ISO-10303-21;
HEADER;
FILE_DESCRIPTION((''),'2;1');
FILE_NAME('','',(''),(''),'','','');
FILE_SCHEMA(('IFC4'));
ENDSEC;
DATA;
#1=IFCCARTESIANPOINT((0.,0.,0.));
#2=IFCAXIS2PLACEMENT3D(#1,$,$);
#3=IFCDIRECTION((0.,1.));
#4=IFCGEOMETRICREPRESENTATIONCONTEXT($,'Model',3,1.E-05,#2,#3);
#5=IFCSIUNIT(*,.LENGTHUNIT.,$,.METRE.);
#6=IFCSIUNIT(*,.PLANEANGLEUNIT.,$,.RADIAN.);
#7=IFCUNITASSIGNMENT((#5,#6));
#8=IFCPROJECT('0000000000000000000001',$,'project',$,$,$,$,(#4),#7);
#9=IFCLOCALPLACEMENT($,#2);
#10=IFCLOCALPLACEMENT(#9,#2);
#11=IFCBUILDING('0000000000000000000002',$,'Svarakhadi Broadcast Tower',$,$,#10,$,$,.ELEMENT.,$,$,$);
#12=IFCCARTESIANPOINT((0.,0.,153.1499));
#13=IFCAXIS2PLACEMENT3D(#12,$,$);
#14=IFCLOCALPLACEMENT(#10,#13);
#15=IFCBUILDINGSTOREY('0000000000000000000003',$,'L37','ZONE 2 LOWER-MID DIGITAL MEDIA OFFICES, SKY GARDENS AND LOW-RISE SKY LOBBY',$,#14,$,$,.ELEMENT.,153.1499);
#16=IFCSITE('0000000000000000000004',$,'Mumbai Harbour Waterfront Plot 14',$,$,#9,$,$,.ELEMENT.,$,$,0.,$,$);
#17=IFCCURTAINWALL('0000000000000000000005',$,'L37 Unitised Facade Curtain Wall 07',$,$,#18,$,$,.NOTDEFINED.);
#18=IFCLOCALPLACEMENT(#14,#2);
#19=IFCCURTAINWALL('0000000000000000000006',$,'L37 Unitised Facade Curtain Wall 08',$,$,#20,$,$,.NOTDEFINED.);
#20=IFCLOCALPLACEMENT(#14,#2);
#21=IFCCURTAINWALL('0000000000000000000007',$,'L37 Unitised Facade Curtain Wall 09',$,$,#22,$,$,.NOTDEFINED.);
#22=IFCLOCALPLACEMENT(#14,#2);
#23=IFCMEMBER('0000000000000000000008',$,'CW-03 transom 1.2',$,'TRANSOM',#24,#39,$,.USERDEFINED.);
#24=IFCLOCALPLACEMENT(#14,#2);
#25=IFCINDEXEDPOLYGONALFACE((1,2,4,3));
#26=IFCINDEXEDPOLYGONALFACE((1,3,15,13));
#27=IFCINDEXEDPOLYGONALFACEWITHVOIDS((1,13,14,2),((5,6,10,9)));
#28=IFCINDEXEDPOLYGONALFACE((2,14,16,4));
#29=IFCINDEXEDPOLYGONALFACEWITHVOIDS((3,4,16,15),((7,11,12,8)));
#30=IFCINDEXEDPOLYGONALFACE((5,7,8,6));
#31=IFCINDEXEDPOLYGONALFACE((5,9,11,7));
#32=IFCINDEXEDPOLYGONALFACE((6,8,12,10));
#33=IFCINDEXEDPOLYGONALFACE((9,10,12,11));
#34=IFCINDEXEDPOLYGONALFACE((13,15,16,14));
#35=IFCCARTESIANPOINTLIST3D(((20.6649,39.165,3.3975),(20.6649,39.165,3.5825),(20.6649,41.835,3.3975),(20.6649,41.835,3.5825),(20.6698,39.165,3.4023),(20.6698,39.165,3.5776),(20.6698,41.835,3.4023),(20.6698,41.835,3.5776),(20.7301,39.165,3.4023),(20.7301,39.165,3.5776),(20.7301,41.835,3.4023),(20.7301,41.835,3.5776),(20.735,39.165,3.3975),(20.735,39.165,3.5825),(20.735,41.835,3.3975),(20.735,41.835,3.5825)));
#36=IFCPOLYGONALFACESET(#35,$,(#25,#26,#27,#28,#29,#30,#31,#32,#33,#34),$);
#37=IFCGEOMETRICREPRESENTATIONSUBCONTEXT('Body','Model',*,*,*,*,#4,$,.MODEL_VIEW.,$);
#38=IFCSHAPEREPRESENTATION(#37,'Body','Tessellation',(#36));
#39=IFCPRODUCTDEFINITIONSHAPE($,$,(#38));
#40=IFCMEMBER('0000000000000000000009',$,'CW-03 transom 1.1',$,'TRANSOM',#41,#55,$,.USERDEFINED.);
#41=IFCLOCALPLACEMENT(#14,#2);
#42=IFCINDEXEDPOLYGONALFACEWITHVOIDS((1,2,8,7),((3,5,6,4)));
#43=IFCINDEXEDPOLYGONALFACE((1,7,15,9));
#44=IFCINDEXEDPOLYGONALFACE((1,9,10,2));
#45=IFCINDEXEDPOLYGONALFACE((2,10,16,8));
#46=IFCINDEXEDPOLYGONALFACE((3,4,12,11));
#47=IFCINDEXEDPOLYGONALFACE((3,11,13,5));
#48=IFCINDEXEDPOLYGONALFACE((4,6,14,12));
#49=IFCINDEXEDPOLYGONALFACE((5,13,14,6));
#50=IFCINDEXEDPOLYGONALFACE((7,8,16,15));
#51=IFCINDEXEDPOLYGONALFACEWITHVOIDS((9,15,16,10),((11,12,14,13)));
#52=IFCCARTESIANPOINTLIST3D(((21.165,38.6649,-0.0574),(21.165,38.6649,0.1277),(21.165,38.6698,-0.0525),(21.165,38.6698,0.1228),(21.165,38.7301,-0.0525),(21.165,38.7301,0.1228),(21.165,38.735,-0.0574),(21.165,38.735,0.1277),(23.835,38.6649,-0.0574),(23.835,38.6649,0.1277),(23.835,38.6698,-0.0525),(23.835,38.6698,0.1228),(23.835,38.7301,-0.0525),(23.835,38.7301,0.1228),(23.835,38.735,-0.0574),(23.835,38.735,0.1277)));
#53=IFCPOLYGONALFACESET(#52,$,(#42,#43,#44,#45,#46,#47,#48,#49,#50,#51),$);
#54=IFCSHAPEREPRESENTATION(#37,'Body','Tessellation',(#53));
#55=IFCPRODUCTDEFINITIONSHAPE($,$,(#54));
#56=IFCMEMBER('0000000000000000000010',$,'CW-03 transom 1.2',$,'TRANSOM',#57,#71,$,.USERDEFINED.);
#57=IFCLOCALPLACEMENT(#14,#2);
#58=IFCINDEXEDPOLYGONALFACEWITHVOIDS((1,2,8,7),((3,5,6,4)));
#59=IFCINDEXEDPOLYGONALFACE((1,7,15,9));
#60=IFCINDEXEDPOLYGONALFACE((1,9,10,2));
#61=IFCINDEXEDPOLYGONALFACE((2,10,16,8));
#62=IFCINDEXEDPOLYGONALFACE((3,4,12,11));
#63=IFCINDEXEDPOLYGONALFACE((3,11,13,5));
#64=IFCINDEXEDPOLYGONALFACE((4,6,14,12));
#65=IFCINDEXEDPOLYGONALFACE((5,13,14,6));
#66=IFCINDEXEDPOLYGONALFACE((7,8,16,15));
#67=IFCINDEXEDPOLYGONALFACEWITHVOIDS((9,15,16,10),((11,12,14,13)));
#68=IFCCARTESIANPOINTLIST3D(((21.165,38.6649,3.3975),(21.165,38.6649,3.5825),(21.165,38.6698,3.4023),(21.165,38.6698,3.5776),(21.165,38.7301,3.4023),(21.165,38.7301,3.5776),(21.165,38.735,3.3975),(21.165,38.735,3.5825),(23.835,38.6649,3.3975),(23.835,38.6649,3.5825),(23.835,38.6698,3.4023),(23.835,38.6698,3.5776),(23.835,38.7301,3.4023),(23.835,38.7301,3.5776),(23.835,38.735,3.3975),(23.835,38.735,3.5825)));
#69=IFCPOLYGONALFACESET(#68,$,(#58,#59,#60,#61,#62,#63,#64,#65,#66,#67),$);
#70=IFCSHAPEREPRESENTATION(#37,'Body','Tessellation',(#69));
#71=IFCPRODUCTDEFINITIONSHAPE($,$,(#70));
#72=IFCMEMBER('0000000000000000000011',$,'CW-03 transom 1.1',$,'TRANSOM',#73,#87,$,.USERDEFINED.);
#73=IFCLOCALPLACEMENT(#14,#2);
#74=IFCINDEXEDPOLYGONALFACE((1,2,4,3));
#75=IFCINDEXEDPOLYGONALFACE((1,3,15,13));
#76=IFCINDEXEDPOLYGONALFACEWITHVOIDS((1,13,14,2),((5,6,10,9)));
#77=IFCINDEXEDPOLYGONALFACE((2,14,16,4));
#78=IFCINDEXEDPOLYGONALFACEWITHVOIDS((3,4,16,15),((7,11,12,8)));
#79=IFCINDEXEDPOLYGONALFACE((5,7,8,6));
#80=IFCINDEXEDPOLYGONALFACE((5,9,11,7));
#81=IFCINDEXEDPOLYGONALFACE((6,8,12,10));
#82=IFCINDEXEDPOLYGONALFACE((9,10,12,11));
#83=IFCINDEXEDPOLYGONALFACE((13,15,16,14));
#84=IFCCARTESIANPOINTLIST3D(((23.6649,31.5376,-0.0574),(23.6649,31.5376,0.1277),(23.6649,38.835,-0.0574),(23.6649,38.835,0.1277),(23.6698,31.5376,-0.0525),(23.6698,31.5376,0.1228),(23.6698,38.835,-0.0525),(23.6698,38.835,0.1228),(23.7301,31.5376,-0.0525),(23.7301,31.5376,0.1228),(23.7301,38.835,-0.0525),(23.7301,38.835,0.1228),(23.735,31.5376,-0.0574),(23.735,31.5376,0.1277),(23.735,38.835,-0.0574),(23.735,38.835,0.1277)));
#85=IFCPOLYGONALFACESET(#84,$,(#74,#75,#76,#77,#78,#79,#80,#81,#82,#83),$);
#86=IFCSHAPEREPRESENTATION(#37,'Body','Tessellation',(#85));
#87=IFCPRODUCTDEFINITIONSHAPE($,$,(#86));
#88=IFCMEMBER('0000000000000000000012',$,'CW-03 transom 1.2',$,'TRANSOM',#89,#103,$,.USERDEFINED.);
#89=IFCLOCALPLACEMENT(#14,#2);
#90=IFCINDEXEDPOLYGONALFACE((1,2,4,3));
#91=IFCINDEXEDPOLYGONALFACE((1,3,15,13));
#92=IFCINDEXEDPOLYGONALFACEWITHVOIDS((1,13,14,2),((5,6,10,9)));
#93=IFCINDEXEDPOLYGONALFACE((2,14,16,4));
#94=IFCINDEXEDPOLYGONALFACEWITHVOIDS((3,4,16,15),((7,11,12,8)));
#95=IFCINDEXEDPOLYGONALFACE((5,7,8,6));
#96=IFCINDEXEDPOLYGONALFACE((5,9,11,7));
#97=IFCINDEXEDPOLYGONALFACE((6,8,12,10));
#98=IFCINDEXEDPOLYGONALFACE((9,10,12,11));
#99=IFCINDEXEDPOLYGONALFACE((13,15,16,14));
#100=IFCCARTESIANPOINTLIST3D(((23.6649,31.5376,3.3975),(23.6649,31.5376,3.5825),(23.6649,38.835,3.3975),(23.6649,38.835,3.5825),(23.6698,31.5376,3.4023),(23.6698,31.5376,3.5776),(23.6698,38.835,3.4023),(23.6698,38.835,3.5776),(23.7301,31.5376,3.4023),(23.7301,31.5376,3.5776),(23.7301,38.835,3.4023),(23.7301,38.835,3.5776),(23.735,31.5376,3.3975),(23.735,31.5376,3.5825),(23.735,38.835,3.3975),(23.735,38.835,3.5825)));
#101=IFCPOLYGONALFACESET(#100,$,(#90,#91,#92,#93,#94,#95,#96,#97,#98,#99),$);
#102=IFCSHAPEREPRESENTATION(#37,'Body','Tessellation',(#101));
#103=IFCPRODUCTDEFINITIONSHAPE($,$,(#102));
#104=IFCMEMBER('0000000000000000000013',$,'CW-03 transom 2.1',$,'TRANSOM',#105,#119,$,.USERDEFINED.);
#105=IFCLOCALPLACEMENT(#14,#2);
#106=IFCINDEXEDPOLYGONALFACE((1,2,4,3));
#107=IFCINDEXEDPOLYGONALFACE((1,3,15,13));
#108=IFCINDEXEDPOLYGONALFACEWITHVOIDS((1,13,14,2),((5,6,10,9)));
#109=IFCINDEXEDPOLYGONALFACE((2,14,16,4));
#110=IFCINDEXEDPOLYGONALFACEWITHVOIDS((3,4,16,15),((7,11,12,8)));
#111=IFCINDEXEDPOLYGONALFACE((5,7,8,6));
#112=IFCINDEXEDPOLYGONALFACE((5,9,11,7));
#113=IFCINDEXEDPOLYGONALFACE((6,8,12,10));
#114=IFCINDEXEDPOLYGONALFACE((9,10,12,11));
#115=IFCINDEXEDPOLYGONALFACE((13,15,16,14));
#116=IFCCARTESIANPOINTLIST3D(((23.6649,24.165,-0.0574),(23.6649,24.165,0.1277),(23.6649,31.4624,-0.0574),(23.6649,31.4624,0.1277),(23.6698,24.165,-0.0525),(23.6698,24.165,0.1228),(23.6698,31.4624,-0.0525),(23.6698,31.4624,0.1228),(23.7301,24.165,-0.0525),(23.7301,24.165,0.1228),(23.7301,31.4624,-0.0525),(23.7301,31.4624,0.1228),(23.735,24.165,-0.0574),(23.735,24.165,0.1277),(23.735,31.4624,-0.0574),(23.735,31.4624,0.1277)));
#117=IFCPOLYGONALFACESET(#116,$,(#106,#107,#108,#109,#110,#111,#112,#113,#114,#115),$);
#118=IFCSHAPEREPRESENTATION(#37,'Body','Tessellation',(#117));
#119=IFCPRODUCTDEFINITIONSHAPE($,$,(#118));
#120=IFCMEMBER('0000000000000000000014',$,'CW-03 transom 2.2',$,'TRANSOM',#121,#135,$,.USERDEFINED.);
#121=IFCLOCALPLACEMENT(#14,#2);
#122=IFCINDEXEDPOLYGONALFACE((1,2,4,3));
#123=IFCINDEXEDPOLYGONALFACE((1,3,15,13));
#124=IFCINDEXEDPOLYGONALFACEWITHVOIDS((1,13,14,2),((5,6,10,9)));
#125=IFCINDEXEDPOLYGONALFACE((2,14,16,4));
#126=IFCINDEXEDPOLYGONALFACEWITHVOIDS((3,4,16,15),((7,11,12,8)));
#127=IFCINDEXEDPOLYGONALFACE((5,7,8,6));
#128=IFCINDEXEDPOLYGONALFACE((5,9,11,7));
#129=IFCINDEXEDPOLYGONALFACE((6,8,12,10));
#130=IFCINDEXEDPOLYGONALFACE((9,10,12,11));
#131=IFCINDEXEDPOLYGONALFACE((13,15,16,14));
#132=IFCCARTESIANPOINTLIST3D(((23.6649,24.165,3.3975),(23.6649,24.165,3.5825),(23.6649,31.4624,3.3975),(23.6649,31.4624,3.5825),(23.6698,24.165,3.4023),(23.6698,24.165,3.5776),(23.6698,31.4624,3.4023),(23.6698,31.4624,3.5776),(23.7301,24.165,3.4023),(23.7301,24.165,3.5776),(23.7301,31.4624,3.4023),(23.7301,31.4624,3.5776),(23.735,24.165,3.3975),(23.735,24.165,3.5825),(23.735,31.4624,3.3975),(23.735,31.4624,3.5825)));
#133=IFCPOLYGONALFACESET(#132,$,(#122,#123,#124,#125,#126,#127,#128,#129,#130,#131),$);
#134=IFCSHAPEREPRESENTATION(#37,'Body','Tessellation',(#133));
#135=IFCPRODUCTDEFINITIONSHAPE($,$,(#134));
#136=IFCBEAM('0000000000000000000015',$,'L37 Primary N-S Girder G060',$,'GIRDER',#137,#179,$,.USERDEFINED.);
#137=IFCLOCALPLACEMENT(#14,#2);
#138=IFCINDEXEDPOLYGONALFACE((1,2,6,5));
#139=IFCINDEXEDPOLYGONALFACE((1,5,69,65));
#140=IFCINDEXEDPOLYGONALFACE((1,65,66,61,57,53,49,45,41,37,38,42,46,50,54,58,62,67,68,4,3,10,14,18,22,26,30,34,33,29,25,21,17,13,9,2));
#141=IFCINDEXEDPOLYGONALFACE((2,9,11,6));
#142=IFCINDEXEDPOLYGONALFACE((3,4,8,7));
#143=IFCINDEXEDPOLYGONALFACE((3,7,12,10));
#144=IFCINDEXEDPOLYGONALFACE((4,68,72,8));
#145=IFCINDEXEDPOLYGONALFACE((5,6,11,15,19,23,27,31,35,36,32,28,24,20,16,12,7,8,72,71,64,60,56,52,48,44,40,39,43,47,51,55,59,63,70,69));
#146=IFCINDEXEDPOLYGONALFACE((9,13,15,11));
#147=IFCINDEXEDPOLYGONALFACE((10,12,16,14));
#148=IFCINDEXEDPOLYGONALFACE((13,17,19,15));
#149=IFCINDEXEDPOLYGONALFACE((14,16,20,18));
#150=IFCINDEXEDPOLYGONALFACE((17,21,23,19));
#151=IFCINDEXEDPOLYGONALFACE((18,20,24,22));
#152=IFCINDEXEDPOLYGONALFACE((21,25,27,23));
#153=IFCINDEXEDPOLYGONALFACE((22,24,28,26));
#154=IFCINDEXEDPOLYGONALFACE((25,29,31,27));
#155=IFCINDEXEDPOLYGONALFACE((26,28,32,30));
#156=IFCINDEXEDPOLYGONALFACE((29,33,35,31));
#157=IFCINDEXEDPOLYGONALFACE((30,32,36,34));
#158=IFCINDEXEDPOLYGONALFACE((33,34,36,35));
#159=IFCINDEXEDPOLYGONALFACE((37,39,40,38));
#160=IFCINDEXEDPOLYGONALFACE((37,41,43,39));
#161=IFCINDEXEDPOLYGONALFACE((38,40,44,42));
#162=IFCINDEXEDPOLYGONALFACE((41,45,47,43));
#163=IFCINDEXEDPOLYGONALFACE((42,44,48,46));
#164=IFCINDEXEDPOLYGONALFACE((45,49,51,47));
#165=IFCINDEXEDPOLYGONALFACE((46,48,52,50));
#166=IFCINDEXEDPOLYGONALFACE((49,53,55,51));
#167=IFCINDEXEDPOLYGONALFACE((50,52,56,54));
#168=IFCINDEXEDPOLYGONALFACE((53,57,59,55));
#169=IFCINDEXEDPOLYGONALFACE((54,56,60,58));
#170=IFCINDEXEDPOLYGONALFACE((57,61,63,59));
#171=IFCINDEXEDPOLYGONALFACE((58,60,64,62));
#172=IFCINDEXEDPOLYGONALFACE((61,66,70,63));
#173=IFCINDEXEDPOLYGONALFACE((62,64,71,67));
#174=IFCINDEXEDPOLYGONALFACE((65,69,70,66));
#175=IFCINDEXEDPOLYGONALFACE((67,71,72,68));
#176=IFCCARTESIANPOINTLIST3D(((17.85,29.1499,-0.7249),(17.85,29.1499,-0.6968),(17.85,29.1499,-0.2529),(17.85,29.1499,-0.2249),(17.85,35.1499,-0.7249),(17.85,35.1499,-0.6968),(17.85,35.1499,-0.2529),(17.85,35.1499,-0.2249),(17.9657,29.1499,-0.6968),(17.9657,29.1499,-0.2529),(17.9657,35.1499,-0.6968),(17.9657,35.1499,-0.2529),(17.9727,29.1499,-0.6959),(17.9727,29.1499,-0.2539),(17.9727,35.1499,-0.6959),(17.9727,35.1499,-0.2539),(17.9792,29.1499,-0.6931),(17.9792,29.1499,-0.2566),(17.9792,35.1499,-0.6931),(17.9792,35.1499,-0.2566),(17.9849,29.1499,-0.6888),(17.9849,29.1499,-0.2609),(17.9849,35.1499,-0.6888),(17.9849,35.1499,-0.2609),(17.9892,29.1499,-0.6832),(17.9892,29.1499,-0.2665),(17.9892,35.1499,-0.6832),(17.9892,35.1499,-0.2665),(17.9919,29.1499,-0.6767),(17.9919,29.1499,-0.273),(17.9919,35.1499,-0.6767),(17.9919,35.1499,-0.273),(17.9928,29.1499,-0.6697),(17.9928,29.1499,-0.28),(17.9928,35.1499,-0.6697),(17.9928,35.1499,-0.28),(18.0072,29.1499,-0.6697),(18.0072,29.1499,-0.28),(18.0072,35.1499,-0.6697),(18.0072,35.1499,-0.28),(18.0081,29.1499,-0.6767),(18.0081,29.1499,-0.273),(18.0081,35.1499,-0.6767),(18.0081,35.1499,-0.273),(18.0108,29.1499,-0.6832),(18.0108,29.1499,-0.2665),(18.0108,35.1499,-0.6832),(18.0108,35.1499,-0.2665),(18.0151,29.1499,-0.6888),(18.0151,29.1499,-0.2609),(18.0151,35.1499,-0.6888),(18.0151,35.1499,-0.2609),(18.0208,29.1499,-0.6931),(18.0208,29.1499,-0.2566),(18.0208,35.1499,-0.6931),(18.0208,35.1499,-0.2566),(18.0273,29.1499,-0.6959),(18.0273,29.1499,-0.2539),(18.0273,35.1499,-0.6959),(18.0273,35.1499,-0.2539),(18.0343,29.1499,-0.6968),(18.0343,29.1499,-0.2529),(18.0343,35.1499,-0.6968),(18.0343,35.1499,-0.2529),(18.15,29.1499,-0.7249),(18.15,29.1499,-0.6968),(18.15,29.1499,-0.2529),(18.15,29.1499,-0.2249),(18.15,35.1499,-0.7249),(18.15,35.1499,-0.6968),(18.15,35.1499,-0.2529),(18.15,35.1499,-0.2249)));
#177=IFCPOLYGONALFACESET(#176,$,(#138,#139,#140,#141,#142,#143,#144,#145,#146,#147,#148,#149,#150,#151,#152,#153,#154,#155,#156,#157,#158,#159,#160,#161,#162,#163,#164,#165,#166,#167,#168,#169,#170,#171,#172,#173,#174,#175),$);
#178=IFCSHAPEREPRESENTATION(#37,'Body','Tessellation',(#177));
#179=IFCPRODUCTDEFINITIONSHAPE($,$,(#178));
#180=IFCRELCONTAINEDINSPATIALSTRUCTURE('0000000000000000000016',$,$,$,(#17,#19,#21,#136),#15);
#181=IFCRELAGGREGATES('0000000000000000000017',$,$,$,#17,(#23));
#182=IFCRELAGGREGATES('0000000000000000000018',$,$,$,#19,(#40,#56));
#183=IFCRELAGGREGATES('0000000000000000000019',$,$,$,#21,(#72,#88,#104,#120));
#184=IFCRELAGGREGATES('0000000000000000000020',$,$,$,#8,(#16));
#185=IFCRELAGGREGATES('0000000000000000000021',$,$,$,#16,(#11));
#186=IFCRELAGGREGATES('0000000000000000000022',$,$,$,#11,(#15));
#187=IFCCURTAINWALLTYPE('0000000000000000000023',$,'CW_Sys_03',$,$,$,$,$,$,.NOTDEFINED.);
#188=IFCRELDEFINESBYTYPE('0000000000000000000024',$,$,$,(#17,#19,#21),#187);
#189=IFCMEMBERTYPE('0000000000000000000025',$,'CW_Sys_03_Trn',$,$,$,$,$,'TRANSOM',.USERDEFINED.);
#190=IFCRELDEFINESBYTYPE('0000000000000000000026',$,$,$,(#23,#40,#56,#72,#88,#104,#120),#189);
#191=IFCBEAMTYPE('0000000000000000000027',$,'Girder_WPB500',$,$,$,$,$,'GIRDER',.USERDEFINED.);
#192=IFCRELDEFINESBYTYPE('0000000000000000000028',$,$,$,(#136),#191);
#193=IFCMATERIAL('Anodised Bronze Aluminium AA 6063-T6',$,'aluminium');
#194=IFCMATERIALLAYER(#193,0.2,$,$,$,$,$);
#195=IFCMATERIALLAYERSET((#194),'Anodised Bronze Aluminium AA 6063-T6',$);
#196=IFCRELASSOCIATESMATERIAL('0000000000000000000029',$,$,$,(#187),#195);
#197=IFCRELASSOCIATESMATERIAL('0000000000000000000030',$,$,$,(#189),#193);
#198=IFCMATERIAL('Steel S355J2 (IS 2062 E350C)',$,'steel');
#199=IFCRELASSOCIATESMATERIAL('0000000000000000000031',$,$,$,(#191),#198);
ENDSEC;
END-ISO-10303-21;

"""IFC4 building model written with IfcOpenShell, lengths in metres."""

from ifc_helpers import new_model, si_unit, direction, frame, origin, origin_2d, place, context, subcontext, project, spatial, hollow_rectangle, i_section, extrude, material, layer, layer_set, material_profile, profile_set, type_object, element, aggregate, save


model = new_model("IFC4")

# Units and contexts
model_context = context("Model", 3, precision=1e-05, world=origin(), true_north=direction((0.0, 1.0)))
body_context = subcontext(model_context, "Body", "Model", "MODEL_VIEW")
ifc_project = project(units=[si_unit("LENGTHUNIT", "METRE"), si_unit("PLANEANGLEUNIT", "RADIAN")], contexts=[model_context])

# Site, building, storey
site_placement = place(None, origin())
site = spatial("IfcSite", under=ifc_project, at=site_placement, Name="Mumbai Harbour Waterfront Plot 14", CompositionType="ELEMENT", RefElevation=0.0)
building_placement = place(site_placement, origin())
building = spatial("IfcBuilding", under=site, at=building_placement, Name="Svarakhadi Broadcast Tower", CompositionType="ELEMENT")
storey_placement = place(building_placement, frame((0.0, 0.0, 153.1499)))
storey = spatial("IfcBuildingStorey", under=building, at=storey_placement, Name="L37", Description="ZONE 2 LOWER-MID DIGITAL MEDIA OFFICES, SKY GARDENS AND LOW-RISE SKY LOBBY", CompositionType="ELEMENT", Elevation=153.1499)

# Curtain walls
ifc_material_1 = material(Name="Anodised Bronze Aluminium AA 6063-T6", Category="aluminium")
ifc_layer_1 = layer(ifc_material_1, 0.2)
ifc_layer_set_1 = layer_set([ifc_layer_1], Name="Anodised Bronze Aluminium AA 6063-T6")
curtain_wall_type = type_object("IfcCurtainWallType", Name="CW_Sys_03", PredefinedType="NOTDEFINED", material=ifc_layer_set_1)
curtain_wall_1_placement = place(storey_placement, origin())
curtain_wall_1 = element("IfcCurtainWall", 1, at=curtain_wall_1_placement, inside=storey, type_object=curtain_wall_type, Name="L37 Unitised Facade Curtain Wall 07", PredefinedType="NOTDEFINED")
curtain_wall_2_placement = place(storey_placement, origin())
curtain_wall_2 = element("IfcCurtainWall", 2, at=curtain_wall_2_placement, inside=storey, type_object=curtain_wall_type, Name="L37 Unitised Facade Curtain Wall 08", PredefinedType="NOTDEFINED")
curtain_wall_3_placement = place(storey_placement, origin())
curtain_wall_3 = element("IfcCurtainWall", 3, at=curtain_wall_3_placement, inside=storey, type_object=curtain_wall_type, Name="L37 Unitised Facade Curtain Wall 09", PredefinedType="NOTDEFINED")

# Members
ifc_material_profile_1 = material_profile(ifc_material_1, hollow_rectangle(XDim=0.0701, YDim=0.1851, WallThickness=0.0049, at=origin_2d()), Name="ALU TRANSOM 185x70x5")
ifc_profile_set_1 = profile_set([ifc_material_profile_1], Name="Anodised Bronze Aluminium AA 6063-T6")
member_type_1 = type_object("IfcMemberType", Name="CW_Sys_03_Trn", ElementType="TRANSOM", PredefinedType="USERDEFINED", material=ifc_profile_set_1)
member_1_placement = place(storey_placement, frame((20.7, 41.835, 3.49), z_axis=(0.0, -1.0, 0.0), x_axis=(1.0, 0.0, 0.0)))
member_1 = element("IfcMember", 4, at=member_1_placement, type_object=member_type_1, Name="CW-03 transom 1.2", ObjectType="TRANSOM", PredefinedType="USERDEFINED", context=body_context, shape_type="SweptSolid", body=[
    extrude(hollow_rectangle(XDim=0.0701, YDim=0.1851, WallThickness=0.0049, at=origin_2d()), origin(), (0.0, 0.0, 1.0), 2.6699),
])
member_2_placement = place(storey_placement, frame((21.165, 38.7, 0.0352), z_axis=(1.0, 0.0, 0.0), x_axis=(0.0, 1.0, 0.0)))
member_2 = element("IfcMember", 5, at=member_2_placement, type_object=member_type_1, Name="CW-03 transom 1.1", ObjectType="TRANSOM", PredefinedType="USERDEFINED", context=body_context, shape_type="SweptSolid", body=[
    extrude(hollow_rectangle(XDim=0.0701, YDim=0.1851, WallThickness=0.0049, at=origin_2d()), origin(), (0.0, 0.0, 1.0), 2.6699),
])
member_3_placement = place(storey_placement, frame((21.165, 38.7, 3.49), z_axis=(1.0, 0.0, 0.0), x_axis=(0.0, 1.0, 0.0)))
member_3 = element("IfcMember", 6, at=member_3_placement, type_object=member_type_1, Name="CW-03 transom 1.2", ObjectType="TRANSOM", PredefinedType="USERDEFINED", context=body_context, shape_type="SweptSolid", body=[
    extrude(hollow_rectangle(XDim=0.0701, YDim=0.1851, WallThickness=0.0049, at=origin_2d()), origin(), (0.0, 0.0, 1.0), 2.6699),
])
member_4_placement = place(storey_placement, frame((23.7, 38.835, 0.0352), z_axis=(0.0, -1.0, 0.0), x_axis=(1.0, 0.0, 0.0)))
member_4 = element("IfcMember", 7, at=member_4_placement, type_object=member_type_1, Name="CW-03 transom 1.1", ObjectType="TRANSOM", PredefinedType="USERDEFINED", context=body_context, shape_type="SweptSolid", body=[
    extrude(hollow_rectangle(XDim=0.0701, YDim=0.1851, WallThickness=0.0049, at=origin_2d()), origin(), (0.0, 0.0, 1.0), 7.2974),
])
member_5_placement = place(storey_placement, frame((23.7, 38.835, 3.49), z_axis=(0.0, -1.0, 0.0), x_axis=(1.0, 0.0, 0.0)))
member_5 = element("IfcMember", 8, at=member_5_placement, type_object=member_type_1, Name="CW-03 transom 1.2", ObjectType="TRANSOM", PredefinedType="USERDEFINED", context=body_context, shape_type="SweptSolid", body=[
    extrude(hollow_rectangle(XDim=0.0701, YDim=0.1851, WallThickness=0.0049, at=origin_2d()), origin(), (0.0, 0.0, 1.0), 7.2974),
])
member_6_placement = place(storey_placement, frame((23.7, 31.4624, 0.0352), z_axis=(0.0, -1.0, 0.0), x_axis=(1.0, 0.0, 0.0)))
member_6 = element("IfcMember", 9, at=member_6_placement, type_object=member_type_1, Name="CW-03 transom 2.1", ObjectType="TRANSOM", PredefinedType="USERDEFINED", context=body_context, shape_type="SweptSolid", body=[
    extrude(hollow_rectangle(XDim=0.0701, YDim=0.1851, WallThickness=0.0049, at=origin_2d()), origin(), (0.0, 0.0, 1.0), 7.2974),
])
member_7_placement = place(storey_placement, frame((23.7, 31.4624, 3.49), z_axis=(0.0, -1.0, 0.0), x_axis=(1.0, 0.0, 0.0)))
member_7 = element("IfcMember", 10, at=member_7_placement, type_object=member_type_1, Name="CW-03 transom 2.2", ObjectType="TRANSOM", PredefinedType="USERDEFINED", context=body_context, shape_type="SweptSolid", body=[
    extrude(hollow_rectangle(XDim=0.0701, YDim=0.1851, WallThickness=0.0049, at=origin_2d()), origin(), (0.0, 0.0, 1.0), 7.2974),
])

# Beam
ifc_material_2 = material(Name="Steel S355J2 (IS 2062 E350C)", Category="steel")
ifc_material_profile_2 = material_profile(ifc_material_2, i_section(OverallWidth=0.3, OverallDepth=0.5, WebThickness=0.0144, FlangeThickness=0.0281, FilletRadius=0.0271, at=origin_2d()), Name="WPB 500x300x187")
ifc_profile_set_2 = profile_set([ifc_material_profile_2], Name="Steel S355J2 (IS 2062 E350C)")
beam_type = type_object("IfcBeamType", Name="Girder_WPB500", ElementType="GIRDER", PredefinedType="USERDEFINED", material=ifc_profile_set_2)
for number, where, z_axis, x_axis, name in (
    (11, (18.0, 29.1499, -0.4749), (0.0, 1.0, 0.0), (-1.0, 0.0, 0.0), "L37 Primary N-S Girder G060"),
):
    element("IfcBeam", number, at=place(storey_placement, frame(where, z_axis=z_axis, x_axis=x_axis)), inside=storey, type_object=beam_type, Name=name, ObjectType="GIRDER", PredefinedType="USERDEFINED", context=body_context, shape_type="SweptSolid", body=[
        extrude(i_section(OverallWidth=0.3, OverallDepth=0.5, WebThickness=0.0144, FlangeThickness=0.0281, FilletRadius=0.0271, at=origin_2d()), origin(), (0.0, 0.0, 1.0), 6.0),
    ])

aggregate(curtain_wall_1, [member_1])
aggregate(curtain_wall_2, [member_2, member_3])
aggregate(curtain_wall_3, [member_4, member_5, member_6, member_7])

save(model, "model.ifc")
